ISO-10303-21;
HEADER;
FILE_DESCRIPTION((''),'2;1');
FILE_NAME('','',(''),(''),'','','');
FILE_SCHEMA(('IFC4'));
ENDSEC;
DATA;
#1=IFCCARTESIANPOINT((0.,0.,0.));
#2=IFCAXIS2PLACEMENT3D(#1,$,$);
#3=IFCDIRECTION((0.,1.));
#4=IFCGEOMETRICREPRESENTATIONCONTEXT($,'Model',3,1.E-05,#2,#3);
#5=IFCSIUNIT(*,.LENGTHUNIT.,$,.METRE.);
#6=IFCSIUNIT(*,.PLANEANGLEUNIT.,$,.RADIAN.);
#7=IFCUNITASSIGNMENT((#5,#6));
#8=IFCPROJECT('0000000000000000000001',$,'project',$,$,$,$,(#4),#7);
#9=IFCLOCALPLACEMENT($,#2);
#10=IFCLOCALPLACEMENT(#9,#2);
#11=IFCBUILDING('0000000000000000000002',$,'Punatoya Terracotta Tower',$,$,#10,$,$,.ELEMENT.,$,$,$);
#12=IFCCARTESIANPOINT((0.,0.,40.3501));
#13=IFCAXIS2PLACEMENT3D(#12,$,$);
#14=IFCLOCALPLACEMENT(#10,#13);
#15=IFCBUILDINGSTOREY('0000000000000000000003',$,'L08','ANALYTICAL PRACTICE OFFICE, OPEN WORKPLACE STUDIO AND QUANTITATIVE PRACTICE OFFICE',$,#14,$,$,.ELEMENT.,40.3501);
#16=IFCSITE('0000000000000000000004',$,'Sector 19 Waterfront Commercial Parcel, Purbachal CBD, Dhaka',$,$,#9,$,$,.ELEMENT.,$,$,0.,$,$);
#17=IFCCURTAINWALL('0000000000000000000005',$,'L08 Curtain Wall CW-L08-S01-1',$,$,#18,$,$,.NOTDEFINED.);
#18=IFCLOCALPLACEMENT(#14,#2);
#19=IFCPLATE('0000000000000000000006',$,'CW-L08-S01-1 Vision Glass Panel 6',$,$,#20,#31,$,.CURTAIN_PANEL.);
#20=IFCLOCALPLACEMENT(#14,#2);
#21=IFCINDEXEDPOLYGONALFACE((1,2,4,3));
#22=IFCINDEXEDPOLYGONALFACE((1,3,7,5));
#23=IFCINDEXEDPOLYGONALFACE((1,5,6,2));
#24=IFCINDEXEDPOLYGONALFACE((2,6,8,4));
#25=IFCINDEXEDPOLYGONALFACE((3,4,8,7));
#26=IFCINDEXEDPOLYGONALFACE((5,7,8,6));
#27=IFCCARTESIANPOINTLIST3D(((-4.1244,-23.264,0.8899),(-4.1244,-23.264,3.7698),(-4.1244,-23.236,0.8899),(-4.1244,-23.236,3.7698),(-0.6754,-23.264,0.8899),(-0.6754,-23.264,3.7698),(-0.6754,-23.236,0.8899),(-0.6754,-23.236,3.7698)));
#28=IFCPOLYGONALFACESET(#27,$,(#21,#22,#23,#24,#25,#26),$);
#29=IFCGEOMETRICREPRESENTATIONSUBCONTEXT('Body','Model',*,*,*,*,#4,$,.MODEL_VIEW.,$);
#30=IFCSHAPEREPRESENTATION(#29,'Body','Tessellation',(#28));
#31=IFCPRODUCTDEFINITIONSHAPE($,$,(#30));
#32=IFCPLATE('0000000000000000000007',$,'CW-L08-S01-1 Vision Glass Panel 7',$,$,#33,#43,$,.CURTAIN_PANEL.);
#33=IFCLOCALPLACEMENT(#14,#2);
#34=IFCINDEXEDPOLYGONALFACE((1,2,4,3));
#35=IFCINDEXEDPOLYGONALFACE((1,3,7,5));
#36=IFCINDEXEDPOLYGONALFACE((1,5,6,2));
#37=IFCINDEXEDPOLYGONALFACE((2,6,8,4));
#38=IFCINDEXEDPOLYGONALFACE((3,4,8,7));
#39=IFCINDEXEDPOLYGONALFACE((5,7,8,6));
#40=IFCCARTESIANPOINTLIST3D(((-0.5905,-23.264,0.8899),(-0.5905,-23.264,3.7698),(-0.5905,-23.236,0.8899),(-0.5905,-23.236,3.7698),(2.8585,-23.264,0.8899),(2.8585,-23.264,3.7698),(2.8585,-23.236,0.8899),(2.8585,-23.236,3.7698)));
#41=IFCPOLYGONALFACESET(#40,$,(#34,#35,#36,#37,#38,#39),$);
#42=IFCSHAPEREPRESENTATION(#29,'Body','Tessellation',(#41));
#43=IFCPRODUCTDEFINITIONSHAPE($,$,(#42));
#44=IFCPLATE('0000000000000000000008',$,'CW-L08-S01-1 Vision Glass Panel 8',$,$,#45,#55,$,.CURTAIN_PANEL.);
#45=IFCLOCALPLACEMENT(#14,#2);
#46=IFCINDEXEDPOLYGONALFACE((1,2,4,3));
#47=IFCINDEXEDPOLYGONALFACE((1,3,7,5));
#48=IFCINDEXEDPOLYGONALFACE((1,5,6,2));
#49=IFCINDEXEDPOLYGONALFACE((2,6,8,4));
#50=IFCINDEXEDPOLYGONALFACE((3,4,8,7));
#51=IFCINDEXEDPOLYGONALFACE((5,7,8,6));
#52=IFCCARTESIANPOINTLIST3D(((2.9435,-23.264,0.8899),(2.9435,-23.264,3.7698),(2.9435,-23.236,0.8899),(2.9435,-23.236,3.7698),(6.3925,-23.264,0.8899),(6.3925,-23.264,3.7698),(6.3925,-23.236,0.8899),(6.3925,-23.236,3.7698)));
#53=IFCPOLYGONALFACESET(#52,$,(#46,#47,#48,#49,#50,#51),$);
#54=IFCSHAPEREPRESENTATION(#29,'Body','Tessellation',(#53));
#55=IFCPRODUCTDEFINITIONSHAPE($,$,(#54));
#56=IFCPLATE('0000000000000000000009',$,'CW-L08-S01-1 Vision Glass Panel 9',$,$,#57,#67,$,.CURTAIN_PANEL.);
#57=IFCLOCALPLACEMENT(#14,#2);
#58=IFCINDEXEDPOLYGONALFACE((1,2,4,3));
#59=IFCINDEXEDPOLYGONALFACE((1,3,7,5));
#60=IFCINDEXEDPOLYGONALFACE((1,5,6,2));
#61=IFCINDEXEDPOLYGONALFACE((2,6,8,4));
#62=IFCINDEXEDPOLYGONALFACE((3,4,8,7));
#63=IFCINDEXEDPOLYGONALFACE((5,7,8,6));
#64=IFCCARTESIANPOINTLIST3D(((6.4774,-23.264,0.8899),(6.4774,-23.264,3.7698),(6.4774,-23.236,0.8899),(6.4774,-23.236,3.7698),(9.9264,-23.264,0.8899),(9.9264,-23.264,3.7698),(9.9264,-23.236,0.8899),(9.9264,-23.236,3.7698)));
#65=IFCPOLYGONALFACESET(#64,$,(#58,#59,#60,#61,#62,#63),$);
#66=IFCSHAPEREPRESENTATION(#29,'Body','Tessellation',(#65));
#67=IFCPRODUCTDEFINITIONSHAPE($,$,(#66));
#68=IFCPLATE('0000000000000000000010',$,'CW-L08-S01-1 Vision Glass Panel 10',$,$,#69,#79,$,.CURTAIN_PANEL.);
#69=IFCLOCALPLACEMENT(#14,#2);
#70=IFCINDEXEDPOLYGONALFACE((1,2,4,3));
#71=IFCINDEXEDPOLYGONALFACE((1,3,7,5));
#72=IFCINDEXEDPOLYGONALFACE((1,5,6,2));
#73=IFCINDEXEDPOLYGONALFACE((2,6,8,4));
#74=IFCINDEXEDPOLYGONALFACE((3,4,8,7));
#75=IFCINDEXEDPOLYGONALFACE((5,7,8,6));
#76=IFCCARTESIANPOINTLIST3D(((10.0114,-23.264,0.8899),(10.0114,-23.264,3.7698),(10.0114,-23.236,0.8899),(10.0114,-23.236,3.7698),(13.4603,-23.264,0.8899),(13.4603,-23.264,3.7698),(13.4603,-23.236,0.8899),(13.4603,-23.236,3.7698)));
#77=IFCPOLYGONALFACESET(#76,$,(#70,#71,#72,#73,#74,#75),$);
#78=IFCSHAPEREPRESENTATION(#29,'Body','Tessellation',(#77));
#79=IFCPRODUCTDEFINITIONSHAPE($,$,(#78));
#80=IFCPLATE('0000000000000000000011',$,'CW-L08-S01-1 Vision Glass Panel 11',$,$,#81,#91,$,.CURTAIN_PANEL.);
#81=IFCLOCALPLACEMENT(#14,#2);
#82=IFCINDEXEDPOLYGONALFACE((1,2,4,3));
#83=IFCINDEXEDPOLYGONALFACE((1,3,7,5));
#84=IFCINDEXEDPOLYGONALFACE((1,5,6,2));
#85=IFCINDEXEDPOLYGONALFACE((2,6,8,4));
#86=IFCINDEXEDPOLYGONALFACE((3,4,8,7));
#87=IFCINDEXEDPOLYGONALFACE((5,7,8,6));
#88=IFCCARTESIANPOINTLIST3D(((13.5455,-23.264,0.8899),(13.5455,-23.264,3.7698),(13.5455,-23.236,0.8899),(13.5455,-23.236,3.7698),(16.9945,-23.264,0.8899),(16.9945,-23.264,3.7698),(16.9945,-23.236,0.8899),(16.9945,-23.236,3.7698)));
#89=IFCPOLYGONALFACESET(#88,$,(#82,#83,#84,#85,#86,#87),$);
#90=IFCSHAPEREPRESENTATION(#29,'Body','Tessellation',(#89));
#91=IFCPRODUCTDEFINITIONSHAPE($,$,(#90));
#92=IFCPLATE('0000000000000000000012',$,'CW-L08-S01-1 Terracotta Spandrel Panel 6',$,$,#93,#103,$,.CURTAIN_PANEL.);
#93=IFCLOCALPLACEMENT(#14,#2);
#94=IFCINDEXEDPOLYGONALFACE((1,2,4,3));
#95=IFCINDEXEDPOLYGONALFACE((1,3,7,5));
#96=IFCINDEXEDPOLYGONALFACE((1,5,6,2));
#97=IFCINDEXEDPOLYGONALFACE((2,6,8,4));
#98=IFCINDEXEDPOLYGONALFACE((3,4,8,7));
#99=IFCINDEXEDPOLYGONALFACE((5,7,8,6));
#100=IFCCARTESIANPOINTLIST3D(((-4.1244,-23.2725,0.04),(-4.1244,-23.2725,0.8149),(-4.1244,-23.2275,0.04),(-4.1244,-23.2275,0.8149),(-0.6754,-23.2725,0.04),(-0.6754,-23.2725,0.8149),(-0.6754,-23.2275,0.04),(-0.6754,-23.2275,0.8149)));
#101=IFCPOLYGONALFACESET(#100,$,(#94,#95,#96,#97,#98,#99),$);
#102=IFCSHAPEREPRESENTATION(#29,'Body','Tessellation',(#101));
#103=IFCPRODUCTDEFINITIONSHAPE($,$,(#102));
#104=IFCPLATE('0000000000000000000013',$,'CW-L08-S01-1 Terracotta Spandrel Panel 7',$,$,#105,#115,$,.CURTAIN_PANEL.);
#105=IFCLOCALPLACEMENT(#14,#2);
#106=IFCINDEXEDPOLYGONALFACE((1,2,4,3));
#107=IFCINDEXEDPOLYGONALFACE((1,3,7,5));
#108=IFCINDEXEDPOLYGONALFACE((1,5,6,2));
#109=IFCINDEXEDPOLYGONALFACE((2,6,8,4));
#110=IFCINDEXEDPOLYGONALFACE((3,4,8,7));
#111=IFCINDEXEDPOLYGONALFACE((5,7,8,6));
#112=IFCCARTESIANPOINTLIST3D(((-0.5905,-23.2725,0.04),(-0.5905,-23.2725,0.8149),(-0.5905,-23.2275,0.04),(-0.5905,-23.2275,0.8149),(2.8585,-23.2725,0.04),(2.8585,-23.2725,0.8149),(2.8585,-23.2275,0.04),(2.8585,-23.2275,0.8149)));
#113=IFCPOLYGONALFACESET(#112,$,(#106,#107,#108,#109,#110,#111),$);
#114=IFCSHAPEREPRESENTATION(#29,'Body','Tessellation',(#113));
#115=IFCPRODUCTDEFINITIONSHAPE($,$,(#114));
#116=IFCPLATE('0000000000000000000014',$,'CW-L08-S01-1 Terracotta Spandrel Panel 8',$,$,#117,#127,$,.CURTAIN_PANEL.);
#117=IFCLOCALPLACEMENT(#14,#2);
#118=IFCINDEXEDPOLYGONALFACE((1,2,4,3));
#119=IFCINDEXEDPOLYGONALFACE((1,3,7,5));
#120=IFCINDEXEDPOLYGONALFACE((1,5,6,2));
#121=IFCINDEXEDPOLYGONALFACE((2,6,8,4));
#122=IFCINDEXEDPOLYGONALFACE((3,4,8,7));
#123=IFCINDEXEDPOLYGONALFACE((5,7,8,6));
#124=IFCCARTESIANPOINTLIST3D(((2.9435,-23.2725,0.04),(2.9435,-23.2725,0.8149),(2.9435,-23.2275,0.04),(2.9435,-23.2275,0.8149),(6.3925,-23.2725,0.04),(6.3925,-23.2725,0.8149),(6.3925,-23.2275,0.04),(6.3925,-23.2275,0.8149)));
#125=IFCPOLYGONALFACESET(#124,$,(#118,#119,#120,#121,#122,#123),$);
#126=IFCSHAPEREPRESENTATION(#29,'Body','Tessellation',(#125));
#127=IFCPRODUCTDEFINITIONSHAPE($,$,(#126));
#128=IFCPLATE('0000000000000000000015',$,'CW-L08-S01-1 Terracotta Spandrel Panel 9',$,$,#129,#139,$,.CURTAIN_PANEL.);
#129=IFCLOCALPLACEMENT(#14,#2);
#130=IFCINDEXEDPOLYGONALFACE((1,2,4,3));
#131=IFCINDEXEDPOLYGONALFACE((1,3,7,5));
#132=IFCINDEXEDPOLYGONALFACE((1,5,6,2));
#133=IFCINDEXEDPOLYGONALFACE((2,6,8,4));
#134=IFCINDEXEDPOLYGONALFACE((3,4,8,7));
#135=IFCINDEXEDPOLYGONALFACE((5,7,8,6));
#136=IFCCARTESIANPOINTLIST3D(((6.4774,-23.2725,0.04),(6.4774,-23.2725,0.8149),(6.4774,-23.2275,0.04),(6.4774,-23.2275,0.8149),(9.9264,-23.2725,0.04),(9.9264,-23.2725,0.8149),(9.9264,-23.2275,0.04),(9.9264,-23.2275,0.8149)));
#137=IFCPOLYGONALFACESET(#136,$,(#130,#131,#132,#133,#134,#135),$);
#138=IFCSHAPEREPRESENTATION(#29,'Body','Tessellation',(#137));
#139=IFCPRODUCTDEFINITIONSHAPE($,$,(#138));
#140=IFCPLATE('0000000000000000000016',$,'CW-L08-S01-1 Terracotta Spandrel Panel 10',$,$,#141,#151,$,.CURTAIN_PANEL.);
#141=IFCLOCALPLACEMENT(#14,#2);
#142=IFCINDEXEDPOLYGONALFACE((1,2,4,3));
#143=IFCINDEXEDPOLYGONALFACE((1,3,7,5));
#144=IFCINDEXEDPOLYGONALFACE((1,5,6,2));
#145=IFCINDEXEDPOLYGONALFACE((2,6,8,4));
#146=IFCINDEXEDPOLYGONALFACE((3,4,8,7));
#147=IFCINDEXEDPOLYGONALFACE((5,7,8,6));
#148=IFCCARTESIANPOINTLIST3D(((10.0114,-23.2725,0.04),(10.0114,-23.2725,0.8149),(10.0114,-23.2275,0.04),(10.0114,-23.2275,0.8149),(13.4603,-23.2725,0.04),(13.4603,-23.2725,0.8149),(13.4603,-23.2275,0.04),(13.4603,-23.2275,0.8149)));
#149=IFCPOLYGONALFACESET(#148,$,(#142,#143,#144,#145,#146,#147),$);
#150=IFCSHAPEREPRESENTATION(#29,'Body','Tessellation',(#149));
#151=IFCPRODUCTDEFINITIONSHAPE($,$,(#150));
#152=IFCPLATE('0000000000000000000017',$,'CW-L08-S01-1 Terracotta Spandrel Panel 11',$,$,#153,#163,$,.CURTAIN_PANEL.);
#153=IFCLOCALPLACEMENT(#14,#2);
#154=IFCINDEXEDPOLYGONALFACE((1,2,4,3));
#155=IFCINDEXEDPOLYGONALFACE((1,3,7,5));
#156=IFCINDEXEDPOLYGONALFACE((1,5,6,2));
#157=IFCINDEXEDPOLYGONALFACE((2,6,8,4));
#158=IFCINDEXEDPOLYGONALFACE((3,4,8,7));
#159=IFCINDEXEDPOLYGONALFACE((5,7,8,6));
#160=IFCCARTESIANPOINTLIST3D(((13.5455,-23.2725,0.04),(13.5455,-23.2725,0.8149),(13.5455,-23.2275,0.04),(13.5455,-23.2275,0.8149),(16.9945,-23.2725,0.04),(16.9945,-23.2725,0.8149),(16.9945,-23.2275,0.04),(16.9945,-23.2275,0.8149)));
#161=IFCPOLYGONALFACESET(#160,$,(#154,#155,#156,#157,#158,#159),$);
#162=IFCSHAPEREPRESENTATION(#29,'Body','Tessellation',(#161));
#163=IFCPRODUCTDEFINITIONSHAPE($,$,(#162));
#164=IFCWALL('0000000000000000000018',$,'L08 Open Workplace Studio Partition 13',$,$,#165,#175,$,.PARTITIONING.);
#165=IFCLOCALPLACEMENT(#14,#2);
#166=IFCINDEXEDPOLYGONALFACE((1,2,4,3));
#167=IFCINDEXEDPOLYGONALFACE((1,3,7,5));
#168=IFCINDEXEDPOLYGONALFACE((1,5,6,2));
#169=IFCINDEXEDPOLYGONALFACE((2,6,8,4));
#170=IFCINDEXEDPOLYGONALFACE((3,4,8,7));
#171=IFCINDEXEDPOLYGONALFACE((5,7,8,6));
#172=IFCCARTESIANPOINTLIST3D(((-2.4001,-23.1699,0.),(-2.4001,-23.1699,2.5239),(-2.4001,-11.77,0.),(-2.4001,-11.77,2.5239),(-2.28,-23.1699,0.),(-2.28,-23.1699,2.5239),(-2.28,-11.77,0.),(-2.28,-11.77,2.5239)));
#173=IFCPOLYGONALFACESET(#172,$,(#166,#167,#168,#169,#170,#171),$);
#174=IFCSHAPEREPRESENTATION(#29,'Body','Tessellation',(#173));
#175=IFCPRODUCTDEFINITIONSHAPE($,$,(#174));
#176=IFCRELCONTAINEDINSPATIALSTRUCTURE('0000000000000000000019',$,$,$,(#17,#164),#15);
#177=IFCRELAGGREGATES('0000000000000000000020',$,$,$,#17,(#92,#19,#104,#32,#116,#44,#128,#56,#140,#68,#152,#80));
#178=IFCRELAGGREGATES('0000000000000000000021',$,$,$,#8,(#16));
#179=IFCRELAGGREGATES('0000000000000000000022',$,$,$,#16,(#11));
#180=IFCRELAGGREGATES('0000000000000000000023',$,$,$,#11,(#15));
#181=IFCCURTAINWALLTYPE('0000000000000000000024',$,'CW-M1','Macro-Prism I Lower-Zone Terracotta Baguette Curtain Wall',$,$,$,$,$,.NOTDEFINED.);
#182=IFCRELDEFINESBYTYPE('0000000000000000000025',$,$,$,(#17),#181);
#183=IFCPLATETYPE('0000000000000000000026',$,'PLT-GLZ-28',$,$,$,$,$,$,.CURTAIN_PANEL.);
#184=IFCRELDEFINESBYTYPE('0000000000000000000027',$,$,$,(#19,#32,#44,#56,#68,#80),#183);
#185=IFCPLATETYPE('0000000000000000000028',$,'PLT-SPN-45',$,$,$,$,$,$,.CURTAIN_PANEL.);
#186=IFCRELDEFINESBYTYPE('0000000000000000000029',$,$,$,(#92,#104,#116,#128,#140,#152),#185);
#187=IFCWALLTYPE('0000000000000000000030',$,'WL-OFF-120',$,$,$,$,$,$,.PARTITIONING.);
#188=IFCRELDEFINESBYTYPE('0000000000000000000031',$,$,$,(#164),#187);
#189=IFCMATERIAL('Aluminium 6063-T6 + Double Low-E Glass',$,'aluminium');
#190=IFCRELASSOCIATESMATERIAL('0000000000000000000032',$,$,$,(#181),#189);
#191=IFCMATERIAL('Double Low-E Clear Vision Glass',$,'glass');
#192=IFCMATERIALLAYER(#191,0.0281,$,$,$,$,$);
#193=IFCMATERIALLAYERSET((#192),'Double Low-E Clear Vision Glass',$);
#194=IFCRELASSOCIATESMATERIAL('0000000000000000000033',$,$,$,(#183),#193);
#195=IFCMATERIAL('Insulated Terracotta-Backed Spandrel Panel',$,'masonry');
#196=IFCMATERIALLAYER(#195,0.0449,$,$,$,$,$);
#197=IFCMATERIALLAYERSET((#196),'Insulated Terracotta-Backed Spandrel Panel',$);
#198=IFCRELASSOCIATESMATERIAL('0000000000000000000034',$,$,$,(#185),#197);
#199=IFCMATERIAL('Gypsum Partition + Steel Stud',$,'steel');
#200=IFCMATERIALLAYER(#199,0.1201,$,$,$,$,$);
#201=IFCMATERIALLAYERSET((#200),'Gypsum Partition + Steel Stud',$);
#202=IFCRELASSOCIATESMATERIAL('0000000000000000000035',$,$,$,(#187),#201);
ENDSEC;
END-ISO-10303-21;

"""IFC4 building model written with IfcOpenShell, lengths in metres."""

from ifc_helpers import new_model, si_unit, direction, frame, frame_2d, origin, origin_2d, place, context, subcontext, project, spatial, rectangle, extrude, material, layer, layer_set, type_object, element, aggregate, save


model = new_model("IFC4")

# Units and contexts
model_context = context("Model", 3, precision=1e-05, world=origin(), true_north=direction((0.0, 1.0)))
body_context = subcontext(model_context, "Body", "Model", "MODEL_VIEW")
ifc_project = project(units=[si_unit("LENGTHUNIT", "METRE"), si_unit("PLANEANGLEUNIT", "RADIAN")], contexts=[model_context])

# Site, building, storey
site_placement = place(None, origin())
site = spatial("IfcSite", under=ifc_project, at=site_placement, Name="Sector 19 Waterfront Commercial Parcel, Purbachal CBD, Dhaka", CompositionType="ELEMENT", RefElevation=0.0)
building_placement = place(site_placement, origin())
building = spatial("IfcBuilding", under=site, at=building_placement, Name="Punatoya Terracotta Tower", CompositionType="ELEMENT")
storey_placement = place(building_placement, frame((0.0, 0.0, 40.3501)))
storey = spatial("IfcBuildingStorey", under=building, at=storey_placement, Name="L08", Description="ANALYTICAL PRACTICE OFFICE, OPEN WORKPLACE STUDIO AND QUANTITATIVE PRACTICE OFFICE", CompositionType="ELEMENT", Elevation=40.3501)

# Curtain wall
ifc_material_1 = material(Name="Aluminium 6063-T6 + Double Low-E Glass", Category="aluminium")
curtain_wall_type = type_object("IfcCurtainWallType", Name="CW-M1", Description="Macro-Prism I Lower-Zone Terracotta Baguette Curtain Wall", PredefinedType="NOTDEFINED", material=ifc_material_1)
curtain_wall_1_placement = place(storey_placement, origin())
curtain_wall_1 = element("IfcCurtainWall", 1, at=curtain_wall_1_placement, inside=storey, type_object=curtain_wall_type, Name="L08 Curtain Wall CW-L08-S01-1", PredefinedType="NOTDEFINED")

# Plates
ifc_material_2 = material(Name="Double Low-E Clear Vision Glass", Category="glass")
ifc_layer_1 = layer(ifc_material_2, 0.0281)
ifc_layer_set_1 = layer_set([ifc_layer_1], Name="Double Low-E Clear Vision Glass")
plate_type_1 = type_object("IfcPlateType", Name="PLT-GLZ-28", PredefinedType="CURTAIN_PANEL", material=ifc_layer_set_1)
plate_1_placement = place(storey_placement, frame((-2.3999, -23.25, 0.8899), z_axis=(0.0, 0.0, 1.0), x_axis=(1.0, 0.0, 0.0)))
plate_1 = element("IfcPlate", 2, at=plate_1_placement, type_object=plate_type_1, Name="CW-L08-S01-1 Vision Glass Panel 6", PredefinedType="CURTAIN_PANEL", context=body_context, shape_type="SweptSolid", body=[
    extrude(rectangle(XDim=3.449, YDim=0.0281, at=origin_2d()), origin(), (0.0, 0.0, 1.0), 2.8799),
])
plate_2_placement = place(storey_placement, frame((1.134, -23.25, 0.8899), z_axis=(0.0, 0.0, 1.0), x_axis=(1.0, 0.0, 0.0)))
plate_2 = element("IfcPlate", 3, at=plate_2_placement, type_object=plate_type_1, Name="CW-L08-S01-1 Vision Glass Panel 7", PredefinedType="CURTAIN_PANEL", context=body_context, shape_type="SweptSolid", body=[
    extrude(rectangle(XDim=3.449, YDim=0.0281, at=origin_2d()), origin(), (0.0, 0.0, 1.0), 2.8799),
])
plate_3_placement = place(storey_placement, frame((4.668, -23.25, 0.8899), z_axis=(0.0, 0.0, 1.0), x_axis=(1.0, 0.0, 0.0)))
plate_3 = element("IfcPlate", 4, at=plate_3_placement, type_object=plate_type_1, Name="CW-L08-S01-1 Vision Glass Panel 8", PredefinedType="CURTAIN_PANEL", context=body_context, shape_type="SweptSolid", body=[
    extrude(rectangle(XDim=3.449, YDim=0.0281, at=origin_2d()), origin(), (0.0, 0.0, 1.0), 2.8799),
])
plate_4_placement = place(storey_placement, frame((8.2019, -23.25, 0.8899), z_axis=(0.0, 0.0, 1.0), x_axis=(1.0, 0.0, 0.0)))
plate_4 = element("IfcPlate", 5, at=plate_4_placement, type_object=plate_type_1, Name="CW-L08-S01-1 Vision Glass Panel 9", PredefinedType="CURTAIN_PANEL", context=body_context, shape_type="SweptSolid", body=[
    extrude(rectangle(XDim=3.449, YDim=0.0281, at=origin_2d()), origin(), (0.0, 0.0, 1.0), 2.8799),
])
plate_5_placement = place(storey_placement, frame((11.7358, -23.25, 0.8899), z_axis=(0.0, 0.0, 1.0), x_axis=(1.0, 0.0, 0.0)))
plate_5 = element("IfcPlate", 6, at=plate_5_placement, type_object=plate_type_1, Name="CW-L08-S01-1 Vision Glass Panel 10", PredefinedType="CURTAIN_PANEL", context=body_context, shape_type="SweptSolid", body=[
    extrude(rectangle(XDim=3.449, YDim=0.0281, at=origin_2d()), origin(), (0.0, 0.0, 1.0), 2.8799),
])
plate_6_placement = place(storey_placement, frame((15.27, -23.25, 0.8899), z_axis=(0.0, 0.0, 1.0), x_axis=(1.0, 0.0, 0.0)))
plate_6 = element("IfcPlate", 7, at=plate_6_placement, type_object=plate_type_1, Name="CW-L08-S01-1 Vision Glass Panel 11", PredefinedType="CURTAIN_PANEL", context=body_context, shape_type="SweptSolid", body=[
    extrude(rectangle(XDim=3.449, YDim=0.0281, at=origin_2d()), origin(), (0.0, 0.0, 1.0), 2.8799),
])
ifc_material_3 = material(Name="Insulated Terracotta-Backed Spandrel Panel", Category="masonry")
ifc_layer_2 = layer(ifc_material_3, 0.0449)
ifc_layer_set_2 = layer_set([ifc_layer_2], Name="Insulated Terracotta-Backed Spandrel Panel")
plate_type_2 = type_object("IfcPlateType", Name="PLT-SPN-45", PredefinedType="CURTAIN_PANEL", material=ifc_layer_set_2)
plate_7_placement = place(storey_placement, frame((-2.3999, -23.25, 0.04), z_axis=(0.0, 0.0, 1.0), x_axis=(1.0, 0.0, 0.0)))
plate_7 = element("IfcPlate", 8, at=plate_7_placement, type_object=plate_type_2, Name="CW-L08-S01-1 Terracotta Spandrel Panel 6", PredefinedType="CURTAIN_PANEL", context=body_context, shape_type="SweptSolid", body=[
    extrude(rectangle(XDim=3.449, YDim=0.0449, at=origin_2d()), origin(), (0.0, 0.0, 1.0), 0.7749),
])
plate_8_placement = place(storey_placement, frame((1.134, -23.25, 0.04), z_axis=(0.0, 0.0, 1.0), x_axis=(1.0, 0.0, 0.0)))
plate_8 = element("IfcPlate", 9, at=plate_8_placement, type_object=plate_type_2, Name="CW-L08-S01-1 Terracotta Spandrel Panel 7", PredefinedType="CURTAIN_PANEL", context=body_context, shape_type="SweptSolid", body=[
    extrude(rectangle(XDim=3.449, YDim=0.0449, at=origin_2d()), origin(), (0.0, 0.0, 1.0), 0.7749),
])
plate_9_placement = place(storey_placement, frame((4.668, -23.25, 0.04), z_axis=(0.0, 0.0, 1.0), x_axis=(1.0, 0.0, 0.0)))
plate_9 = element("IfcPlate", 10, at=plate_9_placement, type_object=plate_type_2, Name="CW-L08-S01-1 Terracotta Spandrel Panel 8", PredefinedType="CURTAIN_PANEL", context=body_context, shape_type="SweptSolid", body=[
    extrude(rectangle(XDim=3.449, YDim=0.0449, at=origin_2d()), origin(), (0.0, 0.0, 1.0), 0.7749),
])
plate_10_placement = place(storey_placement, frame((8.2019, -23.25, 0.04), z_axis=(0.0, 0.0, 1.0), x_axis=(1.0, 0.0, 0.0)))
plate_10 = element("IfcPlate", 11, at=plate_10_placement, type_object=plate_type_2, Name="CW-L08-S01-1 Terracotta Spandrel Panel 9", PredefinedType="CURTAIN_PANEL", context=body_context, shape_type="SweptSolid", body=[
    extrude(rectangle(XDim=3.449, YDim=0.0449, at=origin_2d()), origin(), (0.0, 0.0, 1.0), 0.7749),
])
plate_11_placement = place(storey_placement, frame((11.7358, -23.25, 0.04), z_axis=(0.0, 0.0, 1.0), x_axis=(1.0, 0.0, 0.0)))
plate_11 = element("IfcPlate", 12, at=plate_11_placement, type_object=plate_type_2, Name="CW-L08-S01-1 Terracotta Spandrel Panel 10", PredefinedType="CURTAIN_PANEL", context=body_context, shape_type="SweptSolid", body=[
    extrude(rectangle(XDim=3.449, YDim=0.0449, at=origin_2d()), origin(), (0.0, 0.0, 1.0), 0.7749),
])
plate_12_placement = place(storey_placement, frame((15.27, -23.25, 0.04), z_axis=(0.0, 0.0, 1.0), x_axis=(1.0, 0.0, 0.0)))
plate_12 = element("IfcPlate", 13, at=plate_12_placement, type_object=plate_type_2, Name="CW-L08-S01-1 Terracotta Spandrel Panel 11", PredefinedType="CURTAIN_PANEL", context=body_context, shape_type="SweptSolid", body=[
    extrude(rectangle(XDim=3.449, YDim=0.0449, at=origin_2d()), origin(), (0.0, 0.0, 1.0), 0.7749),
])
aggregate(curtain_wall_1, [plate_7, plate_1, plate_8, plate_2, plate_9, plate_3, plate_10, plate_4, plate_11, plate_5, plate_12, plate_6])

# Wall
ifc_material_4 = material(Name="Gypsum Partition + Steel Stud", Category="steel")
ifc_layer_3 = layer(ifc_material_4, 0.1201)
ifc_layer_set_3 = layer_set([ifc_layer_3], Name="Gypsum Partition + Steel Stud")
wall_type = type_object("IfcWallType", Name="WL-OFF-120", PredefinedType="PARTITIONING", material=ifc_layer_set_3)
wall_placement = place(storey_placement, frame((-2.3401, -23.1699, 0.0), z_axis=(0.0, 0.0, 1.0), x_axis=(0.0, 1.0, 0.0)))
element("IfcWall", 14, at=wall_placement, inside=storey, type_object=wall_type, Name="L08 Open Workplace Studio Partition 13", PredefinedType="PARTITIONING", context=body_context, shape_type="SweptSolid", body=[
    extrude(rectangle(XDim=11.3999, YDim=0.1201, at=frame_2d((5.7, 0.0))), origin(), (0.0, 0.0, 1.0), 2.5239),
])

save(model, "model.ifc")
